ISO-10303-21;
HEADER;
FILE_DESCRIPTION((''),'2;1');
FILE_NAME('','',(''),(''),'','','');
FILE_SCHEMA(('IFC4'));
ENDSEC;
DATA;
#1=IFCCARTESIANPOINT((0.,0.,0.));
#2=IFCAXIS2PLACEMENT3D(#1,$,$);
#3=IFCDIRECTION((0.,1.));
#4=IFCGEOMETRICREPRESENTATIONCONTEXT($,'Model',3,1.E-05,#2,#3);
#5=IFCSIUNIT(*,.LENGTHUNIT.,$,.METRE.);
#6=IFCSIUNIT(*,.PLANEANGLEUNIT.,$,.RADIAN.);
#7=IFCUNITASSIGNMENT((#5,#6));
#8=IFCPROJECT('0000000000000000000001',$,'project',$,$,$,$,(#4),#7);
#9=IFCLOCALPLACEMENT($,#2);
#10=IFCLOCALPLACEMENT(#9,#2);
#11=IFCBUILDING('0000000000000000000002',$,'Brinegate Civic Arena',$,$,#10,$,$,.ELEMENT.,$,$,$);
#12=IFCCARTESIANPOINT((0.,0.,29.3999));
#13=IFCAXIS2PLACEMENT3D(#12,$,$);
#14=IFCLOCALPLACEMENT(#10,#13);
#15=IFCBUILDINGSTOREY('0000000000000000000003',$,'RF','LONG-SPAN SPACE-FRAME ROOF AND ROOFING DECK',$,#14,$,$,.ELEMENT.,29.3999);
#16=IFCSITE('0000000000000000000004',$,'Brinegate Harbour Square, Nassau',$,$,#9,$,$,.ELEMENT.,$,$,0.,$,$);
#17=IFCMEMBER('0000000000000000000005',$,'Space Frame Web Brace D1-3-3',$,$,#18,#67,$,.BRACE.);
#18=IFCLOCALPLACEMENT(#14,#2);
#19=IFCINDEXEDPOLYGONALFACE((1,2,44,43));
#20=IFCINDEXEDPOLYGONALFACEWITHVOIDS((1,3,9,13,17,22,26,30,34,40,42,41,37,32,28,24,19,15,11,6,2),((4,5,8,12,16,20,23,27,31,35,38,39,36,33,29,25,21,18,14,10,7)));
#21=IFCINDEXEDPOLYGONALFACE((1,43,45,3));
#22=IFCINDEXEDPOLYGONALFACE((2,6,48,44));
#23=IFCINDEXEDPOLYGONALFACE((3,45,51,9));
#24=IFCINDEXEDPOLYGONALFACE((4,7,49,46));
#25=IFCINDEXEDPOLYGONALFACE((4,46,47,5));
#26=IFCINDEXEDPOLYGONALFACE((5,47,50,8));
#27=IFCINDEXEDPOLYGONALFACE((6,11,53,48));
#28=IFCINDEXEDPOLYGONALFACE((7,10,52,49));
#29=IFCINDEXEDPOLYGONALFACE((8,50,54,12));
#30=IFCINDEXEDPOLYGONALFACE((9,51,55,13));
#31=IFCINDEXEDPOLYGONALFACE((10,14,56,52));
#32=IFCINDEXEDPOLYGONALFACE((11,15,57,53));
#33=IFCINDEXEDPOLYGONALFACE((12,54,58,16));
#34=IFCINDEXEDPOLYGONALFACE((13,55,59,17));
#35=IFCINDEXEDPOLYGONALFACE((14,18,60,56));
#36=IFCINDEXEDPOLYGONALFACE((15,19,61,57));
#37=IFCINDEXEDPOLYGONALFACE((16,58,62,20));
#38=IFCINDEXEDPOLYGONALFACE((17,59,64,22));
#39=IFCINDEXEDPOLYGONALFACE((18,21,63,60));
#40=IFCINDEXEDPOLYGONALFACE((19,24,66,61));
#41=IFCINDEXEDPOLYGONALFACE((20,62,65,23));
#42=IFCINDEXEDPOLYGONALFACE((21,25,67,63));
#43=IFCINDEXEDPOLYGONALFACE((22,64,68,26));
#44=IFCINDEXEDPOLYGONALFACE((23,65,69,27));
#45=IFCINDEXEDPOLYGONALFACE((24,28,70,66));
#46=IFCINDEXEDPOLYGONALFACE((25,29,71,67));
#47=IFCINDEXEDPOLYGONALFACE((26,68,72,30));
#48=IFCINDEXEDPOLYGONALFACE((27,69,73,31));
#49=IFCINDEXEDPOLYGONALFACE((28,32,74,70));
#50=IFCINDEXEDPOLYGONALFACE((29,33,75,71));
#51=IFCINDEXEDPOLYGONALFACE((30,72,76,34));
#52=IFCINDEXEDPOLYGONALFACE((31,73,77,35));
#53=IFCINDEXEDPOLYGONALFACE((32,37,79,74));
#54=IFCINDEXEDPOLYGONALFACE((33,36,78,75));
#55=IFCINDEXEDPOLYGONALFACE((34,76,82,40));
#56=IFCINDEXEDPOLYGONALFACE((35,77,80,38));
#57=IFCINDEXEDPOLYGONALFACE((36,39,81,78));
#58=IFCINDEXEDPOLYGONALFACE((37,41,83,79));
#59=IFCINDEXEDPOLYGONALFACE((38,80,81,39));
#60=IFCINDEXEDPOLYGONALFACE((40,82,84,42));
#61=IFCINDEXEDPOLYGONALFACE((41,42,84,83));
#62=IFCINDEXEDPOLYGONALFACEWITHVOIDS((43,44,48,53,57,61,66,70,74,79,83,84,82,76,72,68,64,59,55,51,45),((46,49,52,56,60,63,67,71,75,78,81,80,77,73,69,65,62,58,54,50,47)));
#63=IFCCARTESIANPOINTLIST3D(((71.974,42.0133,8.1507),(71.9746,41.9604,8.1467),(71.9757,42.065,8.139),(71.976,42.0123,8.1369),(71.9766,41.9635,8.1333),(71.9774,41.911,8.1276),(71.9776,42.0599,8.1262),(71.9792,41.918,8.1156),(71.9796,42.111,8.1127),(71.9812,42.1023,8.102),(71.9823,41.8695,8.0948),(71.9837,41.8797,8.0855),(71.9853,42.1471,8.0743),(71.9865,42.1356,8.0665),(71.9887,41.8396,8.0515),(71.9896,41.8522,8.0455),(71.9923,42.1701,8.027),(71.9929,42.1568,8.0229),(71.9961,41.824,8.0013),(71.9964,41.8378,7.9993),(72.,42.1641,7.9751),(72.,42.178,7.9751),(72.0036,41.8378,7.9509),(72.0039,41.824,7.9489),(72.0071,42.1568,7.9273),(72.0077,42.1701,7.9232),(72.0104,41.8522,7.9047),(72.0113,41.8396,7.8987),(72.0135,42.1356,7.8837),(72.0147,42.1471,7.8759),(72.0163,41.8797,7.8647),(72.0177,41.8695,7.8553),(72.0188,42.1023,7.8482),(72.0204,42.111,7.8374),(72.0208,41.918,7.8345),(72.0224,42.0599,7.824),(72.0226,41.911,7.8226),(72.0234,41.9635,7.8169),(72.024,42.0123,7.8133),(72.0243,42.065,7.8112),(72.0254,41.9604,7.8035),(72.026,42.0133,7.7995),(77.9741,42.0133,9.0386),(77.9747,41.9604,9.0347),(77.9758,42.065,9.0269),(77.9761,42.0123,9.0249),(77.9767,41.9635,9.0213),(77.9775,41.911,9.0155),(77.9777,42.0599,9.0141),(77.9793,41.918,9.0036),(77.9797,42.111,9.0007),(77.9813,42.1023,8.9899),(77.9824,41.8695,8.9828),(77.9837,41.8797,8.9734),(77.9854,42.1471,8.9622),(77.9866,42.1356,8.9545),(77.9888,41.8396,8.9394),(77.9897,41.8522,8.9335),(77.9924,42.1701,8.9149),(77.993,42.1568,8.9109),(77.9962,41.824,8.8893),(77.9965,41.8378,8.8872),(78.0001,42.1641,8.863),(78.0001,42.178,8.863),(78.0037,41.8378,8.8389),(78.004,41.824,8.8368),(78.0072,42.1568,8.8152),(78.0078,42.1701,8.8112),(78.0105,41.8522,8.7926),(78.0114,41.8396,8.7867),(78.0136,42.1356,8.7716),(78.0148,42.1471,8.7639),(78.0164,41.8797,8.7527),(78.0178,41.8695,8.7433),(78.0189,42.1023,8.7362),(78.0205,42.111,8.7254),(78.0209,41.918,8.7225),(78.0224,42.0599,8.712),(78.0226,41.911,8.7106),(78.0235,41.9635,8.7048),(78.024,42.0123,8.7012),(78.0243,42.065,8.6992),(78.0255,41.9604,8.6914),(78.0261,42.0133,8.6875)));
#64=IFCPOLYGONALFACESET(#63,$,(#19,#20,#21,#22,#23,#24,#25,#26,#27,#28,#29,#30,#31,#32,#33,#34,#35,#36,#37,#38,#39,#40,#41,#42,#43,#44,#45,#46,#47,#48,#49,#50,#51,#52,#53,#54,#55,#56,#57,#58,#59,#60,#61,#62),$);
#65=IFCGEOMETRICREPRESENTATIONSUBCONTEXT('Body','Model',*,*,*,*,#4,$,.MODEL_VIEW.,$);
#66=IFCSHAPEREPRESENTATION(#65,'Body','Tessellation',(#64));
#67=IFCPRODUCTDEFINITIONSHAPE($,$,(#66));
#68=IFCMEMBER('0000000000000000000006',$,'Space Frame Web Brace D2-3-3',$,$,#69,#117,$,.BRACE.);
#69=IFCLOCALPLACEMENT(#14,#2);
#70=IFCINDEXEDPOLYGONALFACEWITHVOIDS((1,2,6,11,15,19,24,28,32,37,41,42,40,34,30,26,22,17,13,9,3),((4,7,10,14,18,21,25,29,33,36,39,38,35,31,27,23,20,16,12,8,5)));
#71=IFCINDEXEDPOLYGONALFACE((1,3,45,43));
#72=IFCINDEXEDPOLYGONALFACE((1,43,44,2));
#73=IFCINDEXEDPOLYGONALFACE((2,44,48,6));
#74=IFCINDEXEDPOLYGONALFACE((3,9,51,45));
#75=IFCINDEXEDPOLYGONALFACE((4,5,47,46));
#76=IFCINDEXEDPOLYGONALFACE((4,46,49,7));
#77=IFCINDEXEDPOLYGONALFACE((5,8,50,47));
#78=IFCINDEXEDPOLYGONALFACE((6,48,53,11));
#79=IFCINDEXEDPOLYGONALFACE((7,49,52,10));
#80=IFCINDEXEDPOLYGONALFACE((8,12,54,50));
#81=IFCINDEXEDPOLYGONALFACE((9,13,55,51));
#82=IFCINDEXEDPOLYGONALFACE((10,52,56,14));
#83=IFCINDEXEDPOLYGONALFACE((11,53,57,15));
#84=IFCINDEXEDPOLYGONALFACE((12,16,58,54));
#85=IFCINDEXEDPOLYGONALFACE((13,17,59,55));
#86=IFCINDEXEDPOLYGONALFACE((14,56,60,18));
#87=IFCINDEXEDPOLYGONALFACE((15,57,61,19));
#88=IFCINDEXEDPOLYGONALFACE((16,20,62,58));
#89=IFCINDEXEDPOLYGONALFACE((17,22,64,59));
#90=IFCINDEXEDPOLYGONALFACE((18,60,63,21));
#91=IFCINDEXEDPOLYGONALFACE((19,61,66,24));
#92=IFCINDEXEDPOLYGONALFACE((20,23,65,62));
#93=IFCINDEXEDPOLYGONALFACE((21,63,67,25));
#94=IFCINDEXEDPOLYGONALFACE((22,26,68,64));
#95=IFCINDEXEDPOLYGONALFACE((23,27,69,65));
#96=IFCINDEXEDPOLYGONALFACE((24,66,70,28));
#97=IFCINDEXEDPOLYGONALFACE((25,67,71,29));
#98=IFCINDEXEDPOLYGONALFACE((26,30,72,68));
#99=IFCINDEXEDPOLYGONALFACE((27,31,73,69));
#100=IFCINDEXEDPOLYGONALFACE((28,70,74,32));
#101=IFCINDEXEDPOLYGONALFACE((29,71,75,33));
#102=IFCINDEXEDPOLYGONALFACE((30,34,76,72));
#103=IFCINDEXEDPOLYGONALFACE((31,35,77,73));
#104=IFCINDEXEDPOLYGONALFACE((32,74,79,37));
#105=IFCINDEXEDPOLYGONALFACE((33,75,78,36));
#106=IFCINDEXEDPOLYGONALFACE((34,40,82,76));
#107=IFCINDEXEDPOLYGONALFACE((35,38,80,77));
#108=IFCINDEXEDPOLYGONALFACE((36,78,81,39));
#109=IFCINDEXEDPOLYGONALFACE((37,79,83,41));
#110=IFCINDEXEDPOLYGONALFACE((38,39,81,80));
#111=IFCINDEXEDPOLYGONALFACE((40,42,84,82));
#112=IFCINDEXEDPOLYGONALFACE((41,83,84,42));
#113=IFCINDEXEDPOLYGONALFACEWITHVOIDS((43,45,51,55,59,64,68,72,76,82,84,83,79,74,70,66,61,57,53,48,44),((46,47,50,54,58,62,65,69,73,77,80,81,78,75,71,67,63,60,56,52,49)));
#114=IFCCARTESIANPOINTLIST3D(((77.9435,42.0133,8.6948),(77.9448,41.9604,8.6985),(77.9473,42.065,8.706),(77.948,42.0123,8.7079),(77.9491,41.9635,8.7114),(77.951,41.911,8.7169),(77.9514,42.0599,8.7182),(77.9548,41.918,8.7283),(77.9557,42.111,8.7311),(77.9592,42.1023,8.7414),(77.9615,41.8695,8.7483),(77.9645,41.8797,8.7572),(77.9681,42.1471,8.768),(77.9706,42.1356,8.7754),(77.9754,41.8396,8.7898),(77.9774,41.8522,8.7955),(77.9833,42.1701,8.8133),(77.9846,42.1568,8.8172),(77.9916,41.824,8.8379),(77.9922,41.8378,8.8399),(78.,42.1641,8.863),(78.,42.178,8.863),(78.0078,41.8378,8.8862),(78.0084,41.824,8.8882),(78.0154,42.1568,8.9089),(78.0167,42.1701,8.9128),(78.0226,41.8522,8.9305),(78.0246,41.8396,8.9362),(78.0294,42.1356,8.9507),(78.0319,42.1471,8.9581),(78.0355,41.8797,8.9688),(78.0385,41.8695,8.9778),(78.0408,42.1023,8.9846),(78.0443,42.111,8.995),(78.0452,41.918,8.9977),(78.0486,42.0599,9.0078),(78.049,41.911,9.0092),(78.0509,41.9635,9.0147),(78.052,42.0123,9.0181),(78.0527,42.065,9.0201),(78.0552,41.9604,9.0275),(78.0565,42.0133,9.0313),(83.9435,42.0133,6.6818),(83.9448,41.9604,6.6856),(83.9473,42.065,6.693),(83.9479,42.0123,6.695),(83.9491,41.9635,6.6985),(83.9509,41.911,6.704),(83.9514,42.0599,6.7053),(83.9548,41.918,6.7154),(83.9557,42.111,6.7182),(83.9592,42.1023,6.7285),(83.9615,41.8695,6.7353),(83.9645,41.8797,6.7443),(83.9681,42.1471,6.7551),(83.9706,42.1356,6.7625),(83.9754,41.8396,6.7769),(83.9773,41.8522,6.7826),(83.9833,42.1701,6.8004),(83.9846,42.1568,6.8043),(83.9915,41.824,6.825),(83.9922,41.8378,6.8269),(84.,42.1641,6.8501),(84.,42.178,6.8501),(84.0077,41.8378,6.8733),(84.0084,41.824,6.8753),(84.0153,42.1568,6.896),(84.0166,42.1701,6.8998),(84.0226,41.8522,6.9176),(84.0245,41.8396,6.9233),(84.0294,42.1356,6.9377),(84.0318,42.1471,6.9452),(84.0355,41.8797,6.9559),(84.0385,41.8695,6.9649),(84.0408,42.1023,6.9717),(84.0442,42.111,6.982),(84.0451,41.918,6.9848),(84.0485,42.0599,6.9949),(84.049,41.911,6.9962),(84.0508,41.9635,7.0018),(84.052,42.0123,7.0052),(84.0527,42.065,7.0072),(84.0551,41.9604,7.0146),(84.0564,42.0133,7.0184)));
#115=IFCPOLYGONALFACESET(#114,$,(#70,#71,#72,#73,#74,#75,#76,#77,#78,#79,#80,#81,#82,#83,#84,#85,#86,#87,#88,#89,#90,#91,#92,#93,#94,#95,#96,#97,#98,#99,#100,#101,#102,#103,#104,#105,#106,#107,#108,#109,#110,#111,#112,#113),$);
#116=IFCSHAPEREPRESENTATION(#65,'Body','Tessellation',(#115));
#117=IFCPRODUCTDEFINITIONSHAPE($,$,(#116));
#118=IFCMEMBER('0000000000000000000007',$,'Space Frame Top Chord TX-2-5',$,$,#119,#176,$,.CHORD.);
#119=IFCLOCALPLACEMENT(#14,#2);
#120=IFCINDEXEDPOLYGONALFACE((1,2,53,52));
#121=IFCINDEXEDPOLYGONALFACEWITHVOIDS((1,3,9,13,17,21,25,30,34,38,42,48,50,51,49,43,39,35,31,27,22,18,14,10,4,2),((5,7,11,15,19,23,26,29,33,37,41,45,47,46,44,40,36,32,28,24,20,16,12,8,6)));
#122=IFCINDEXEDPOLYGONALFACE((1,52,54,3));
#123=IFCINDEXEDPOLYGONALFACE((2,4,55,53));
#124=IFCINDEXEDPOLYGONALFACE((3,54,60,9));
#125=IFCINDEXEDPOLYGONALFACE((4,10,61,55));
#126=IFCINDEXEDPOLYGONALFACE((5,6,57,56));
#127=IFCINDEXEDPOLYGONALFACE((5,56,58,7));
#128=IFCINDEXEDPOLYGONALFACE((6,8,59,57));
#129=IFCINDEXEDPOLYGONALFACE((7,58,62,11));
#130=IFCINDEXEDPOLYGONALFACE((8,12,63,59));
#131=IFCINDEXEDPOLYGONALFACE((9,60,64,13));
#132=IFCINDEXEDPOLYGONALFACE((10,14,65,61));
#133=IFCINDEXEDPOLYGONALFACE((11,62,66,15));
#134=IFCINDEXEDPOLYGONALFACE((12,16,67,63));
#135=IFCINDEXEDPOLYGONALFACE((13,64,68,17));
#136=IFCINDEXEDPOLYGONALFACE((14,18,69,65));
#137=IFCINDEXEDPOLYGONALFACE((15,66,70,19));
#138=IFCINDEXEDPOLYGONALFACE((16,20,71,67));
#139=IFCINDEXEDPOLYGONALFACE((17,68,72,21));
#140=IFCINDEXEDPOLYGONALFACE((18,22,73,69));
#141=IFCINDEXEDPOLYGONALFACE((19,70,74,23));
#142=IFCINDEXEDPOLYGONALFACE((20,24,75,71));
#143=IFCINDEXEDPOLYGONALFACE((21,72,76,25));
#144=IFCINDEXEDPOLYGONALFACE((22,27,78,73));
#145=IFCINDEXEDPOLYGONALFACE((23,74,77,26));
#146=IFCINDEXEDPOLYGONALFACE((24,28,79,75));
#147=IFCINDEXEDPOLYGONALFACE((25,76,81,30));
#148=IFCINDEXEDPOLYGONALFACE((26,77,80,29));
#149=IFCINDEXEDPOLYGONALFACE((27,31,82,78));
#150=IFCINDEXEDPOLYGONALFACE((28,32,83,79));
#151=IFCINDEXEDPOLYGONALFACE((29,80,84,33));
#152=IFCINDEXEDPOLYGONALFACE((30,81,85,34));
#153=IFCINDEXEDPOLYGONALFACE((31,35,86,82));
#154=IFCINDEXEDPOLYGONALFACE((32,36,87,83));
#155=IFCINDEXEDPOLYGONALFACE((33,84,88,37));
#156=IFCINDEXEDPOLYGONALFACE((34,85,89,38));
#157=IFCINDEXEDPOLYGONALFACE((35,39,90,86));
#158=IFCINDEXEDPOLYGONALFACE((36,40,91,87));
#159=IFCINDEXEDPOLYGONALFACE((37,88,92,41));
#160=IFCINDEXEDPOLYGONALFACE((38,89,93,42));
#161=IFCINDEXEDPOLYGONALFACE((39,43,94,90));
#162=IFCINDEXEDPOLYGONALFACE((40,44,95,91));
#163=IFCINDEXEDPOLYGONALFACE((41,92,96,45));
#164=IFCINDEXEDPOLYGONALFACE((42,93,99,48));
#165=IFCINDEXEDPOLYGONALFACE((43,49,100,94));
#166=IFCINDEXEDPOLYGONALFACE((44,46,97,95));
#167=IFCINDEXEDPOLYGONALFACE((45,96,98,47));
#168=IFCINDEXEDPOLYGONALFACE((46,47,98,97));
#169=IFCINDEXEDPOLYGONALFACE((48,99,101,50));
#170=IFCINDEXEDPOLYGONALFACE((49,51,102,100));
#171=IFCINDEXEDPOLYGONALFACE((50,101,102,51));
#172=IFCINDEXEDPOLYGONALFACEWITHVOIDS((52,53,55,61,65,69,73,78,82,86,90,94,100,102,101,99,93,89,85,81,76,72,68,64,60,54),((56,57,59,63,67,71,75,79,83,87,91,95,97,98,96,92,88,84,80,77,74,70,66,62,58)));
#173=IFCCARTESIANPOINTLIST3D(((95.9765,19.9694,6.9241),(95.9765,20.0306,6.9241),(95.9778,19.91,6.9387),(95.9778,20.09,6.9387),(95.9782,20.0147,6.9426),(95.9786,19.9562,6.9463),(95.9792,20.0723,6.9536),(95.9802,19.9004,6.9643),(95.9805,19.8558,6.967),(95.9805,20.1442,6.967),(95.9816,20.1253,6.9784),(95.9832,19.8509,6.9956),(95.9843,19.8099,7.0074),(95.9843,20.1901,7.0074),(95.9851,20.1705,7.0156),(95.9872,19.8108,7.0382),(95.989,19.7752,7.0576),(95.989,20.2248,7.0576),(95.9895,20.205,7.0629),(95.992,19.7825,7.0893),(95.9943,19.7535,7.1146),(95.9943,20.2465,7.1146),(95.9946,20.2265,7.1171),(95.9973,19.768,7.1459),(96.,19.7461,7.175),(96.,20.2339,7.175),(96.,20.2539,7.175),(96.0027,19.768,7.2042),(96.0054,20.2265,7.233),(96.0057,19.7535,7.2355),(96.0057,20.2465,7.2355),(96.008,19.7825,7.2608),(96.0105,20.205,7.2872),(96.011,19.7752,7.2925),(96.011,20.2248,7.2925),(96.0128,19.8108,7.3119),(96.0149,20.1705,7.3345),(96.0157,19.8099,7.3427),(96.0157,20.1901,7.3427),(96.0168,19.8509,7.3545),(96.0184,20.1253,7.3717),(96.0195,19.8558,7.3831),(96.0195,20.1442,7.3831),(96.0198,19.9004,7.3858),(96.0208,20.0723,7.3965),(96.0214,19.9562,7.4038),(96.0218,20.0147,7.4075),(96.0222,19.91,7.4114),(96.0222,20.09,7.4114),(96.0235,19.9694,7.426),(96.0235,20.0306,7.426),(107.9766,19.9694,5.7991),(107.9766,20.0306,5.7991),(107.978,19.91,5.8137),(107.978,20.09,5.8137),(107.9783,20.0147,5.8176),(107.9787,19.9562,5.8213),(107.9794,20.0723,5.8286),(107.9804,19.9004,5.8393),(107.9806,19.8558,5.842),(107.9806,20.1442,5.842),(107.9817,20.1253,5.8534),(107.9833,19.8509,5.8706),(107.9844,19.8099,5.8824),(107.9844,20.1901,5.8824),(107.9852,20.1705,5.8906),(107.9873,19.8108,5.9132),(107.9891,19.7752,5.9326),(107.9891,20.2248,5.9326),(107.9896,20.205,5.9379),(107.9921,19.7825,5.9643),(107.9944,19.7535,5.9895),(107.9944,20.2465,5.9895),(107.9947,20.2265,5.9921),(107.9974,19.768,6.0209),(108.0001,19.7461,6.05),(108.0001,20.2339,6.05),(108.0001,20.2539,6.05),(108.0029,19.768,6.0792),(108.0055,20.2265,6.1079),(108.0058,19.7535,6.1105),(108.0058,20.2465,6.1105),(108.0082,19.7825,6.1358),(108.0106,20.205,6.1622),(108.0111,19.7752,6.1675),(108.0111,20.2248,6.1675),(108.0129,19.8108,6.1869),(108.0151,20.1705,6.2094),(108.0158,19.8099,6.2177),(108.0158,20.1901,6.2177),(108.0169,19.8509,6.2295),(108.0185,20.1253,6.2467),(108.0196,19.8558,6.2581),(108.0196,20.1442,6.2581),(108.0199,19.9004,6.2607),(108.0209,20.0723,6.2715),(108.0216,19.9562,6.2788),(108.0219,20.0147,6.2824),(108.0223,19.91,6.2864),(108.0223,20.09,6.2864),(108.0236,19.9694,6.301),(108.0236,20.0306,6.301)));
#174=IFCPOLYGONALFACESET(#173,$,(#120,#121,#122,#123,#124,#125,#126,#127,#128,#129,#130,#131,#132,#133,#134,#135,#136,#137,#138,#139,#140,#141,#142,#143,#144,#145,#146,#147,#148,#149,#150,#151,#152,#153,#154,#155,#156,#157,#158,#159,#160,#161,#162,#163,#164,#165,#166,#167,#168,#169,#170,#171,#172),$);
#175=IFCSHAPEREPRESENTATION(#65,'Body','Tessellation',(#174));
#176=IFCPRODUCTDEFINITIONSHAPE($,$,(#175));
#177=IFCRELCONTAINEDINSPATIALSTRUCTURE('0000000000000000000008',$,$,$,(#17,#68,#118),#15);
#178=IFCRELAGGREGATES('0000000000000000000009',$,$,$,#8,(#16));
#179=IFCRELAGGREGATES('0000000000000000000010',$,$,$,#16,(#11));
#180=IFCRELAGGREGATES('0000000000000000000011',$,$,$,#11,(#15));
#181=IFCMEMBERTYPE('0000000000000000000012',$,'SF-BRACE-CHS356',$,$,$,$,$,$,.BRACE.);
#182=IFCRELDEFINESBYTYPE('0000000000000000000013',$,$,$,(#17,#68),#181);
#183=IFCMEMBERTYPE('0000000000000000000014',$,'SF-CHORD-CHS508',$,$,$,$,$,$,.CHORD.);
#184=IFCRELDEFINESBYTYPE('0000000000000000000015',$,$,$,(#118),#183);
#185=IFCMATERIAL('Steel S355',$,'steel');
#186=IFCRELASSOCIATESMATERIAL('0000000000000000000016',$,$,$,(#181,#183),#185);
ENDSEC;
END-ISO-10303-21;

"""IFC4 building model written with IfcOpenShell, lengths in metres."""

from ifc_helpers import new_model, si_unit, direction, frame, origin, origin_2d, place, context, subcontext, project, spatial, hollow_circle, extrude, material, material_profile, profile_set, type_object, element, save


model = new_model("IFC4")

# Units and contexts
model_context = context("Model", 3, precision=1e-05, world=origin(), true_north=direction((0.0, 1.0)))
body_context = subcontext(model_context, "Body", "Model", "MODEL_VIEW")
ifc_project = project(units=[si_unit("LENGTHUNIT", "METRE"), si_unit("PLANEANGLEUNIT", "RADIAN")], contexts=[model_context])

# Site, building, storey
site_placement = place(None, origin())
site = spatial("IfcSite", under=ifc_project, at=site_placement, Name="Brinegate Harbour Square, Nassau", CompositionType="ELEMENT", RefElevation=0.0)
building_placement = place(site_placement, origin())
building = spatial("IfcBuilding", under=site, at=building_placement, Name="Brinegate Civic Arena", CompositionType="ELEMENT")
storey_placement = place(building_placement, frame((0.0, 0.0, 29.3999)))
storey = spatial("IfcBuildingStorey", under=building, at=storey_placement, Name="RF", Description="LONG-SPAN SPACE-FRAME ROOF AND ROOFING DECK", CompositionType="ELEMENT", Elevation=29.3999)

# Members
ifc_material = material(Name="Steel S355", Category="steel")
ifc_material_profile_1 = material_profile(ifc_material, hollow_circle(Radius=0.178, WallThickness=0.0139, at=origin_2d()), Name="CHS356X14")
ifc_profile_set_1 = profile_set([ifc_material_profile_1], Name="Steel S355")
member_type_1 = type_object("IfcMemberType", Name="SF-BRACE-CHS356", PredefinedType="BRACE", material=ifc_profile_set_1)
member_1_placement = place(storey_placement, frame((72.0, 42.0, 7.9751), z_axis=(0.989226, 0.0, 0.146395), x_axis=(0.0, 1.0, 0.0)))
element("IfcMember", 1, at=member_1_placement, inside=storey, type_object=member_type_1, Name="Space Frame Web Brace D1-3-3", PredefinedType="BRACE", context=body_context, shape_type="SweptSolid", body=[
    extrude(hollow_circle(Radius=0.178, WallThickness=0.0139, at=origin_2d()), origin(), (0.0, 0.0, 1.0), 6.0654),
])
member_2_placement = place(storey_placement, frame((78.0, 42.0, 8.863), z_axis=(0.948068, 0.0, -0.318067), x_axis=(0.0, 1.0, 0.0)))
element("IfcMember", 2, at=member_2_placement, inside=storey, type_object=member_type_1, Name="Space Frame Web Brace D2-3-3", PredefinedType="BRACE", context=body_context, shape_type="SweptSolid", body=[
    extrude(hollow_circle(Radius=0.178, WallThickness=0.0139, at=origin_2d()), origin(), (0.0, 0.0, 1.0), 6.3286),
])
ifc_material_profile_2 = material_profile(ifc_material, hollow_circle(Radius=0.2539, WallThickness=0.02, at=origin_2d()), Name="CHS508X20")
ifc_profile_set_2 = profile_set([ifc_material_profile_2], Name="Steel S355")
member_type_2 = type_object("IfcMemberType", Name="SF-CHORD-CHS508", PredefinedType="CHORD", material=ifc_profile_set_2)
for number, where, z_axis, x_axis, name in (
    (3, (96.0, 20.0, 7.175), (0.995634, 0.0, -0.093341), (0.0, 1.0, 0.0), "Space Frame Top Chord TX-2-5"),
):
    element("IfcMember", number, at=place(storey_placement, frame(where, z_axis=z_axis, x_axis=x_axis)), inside=storey, type_object=member_type_2, Name=name, PredefinedType="CHORD", context=body_context, shape_type="SweptSolid", body=[
        extrude(hollow_circle(Radius=0.2539, WallThickness=0.02, at=origin_2d()), origin(), (0.0, 0.0, 1.0), 12.0527),
    ])

save(model, "model.ifc")
